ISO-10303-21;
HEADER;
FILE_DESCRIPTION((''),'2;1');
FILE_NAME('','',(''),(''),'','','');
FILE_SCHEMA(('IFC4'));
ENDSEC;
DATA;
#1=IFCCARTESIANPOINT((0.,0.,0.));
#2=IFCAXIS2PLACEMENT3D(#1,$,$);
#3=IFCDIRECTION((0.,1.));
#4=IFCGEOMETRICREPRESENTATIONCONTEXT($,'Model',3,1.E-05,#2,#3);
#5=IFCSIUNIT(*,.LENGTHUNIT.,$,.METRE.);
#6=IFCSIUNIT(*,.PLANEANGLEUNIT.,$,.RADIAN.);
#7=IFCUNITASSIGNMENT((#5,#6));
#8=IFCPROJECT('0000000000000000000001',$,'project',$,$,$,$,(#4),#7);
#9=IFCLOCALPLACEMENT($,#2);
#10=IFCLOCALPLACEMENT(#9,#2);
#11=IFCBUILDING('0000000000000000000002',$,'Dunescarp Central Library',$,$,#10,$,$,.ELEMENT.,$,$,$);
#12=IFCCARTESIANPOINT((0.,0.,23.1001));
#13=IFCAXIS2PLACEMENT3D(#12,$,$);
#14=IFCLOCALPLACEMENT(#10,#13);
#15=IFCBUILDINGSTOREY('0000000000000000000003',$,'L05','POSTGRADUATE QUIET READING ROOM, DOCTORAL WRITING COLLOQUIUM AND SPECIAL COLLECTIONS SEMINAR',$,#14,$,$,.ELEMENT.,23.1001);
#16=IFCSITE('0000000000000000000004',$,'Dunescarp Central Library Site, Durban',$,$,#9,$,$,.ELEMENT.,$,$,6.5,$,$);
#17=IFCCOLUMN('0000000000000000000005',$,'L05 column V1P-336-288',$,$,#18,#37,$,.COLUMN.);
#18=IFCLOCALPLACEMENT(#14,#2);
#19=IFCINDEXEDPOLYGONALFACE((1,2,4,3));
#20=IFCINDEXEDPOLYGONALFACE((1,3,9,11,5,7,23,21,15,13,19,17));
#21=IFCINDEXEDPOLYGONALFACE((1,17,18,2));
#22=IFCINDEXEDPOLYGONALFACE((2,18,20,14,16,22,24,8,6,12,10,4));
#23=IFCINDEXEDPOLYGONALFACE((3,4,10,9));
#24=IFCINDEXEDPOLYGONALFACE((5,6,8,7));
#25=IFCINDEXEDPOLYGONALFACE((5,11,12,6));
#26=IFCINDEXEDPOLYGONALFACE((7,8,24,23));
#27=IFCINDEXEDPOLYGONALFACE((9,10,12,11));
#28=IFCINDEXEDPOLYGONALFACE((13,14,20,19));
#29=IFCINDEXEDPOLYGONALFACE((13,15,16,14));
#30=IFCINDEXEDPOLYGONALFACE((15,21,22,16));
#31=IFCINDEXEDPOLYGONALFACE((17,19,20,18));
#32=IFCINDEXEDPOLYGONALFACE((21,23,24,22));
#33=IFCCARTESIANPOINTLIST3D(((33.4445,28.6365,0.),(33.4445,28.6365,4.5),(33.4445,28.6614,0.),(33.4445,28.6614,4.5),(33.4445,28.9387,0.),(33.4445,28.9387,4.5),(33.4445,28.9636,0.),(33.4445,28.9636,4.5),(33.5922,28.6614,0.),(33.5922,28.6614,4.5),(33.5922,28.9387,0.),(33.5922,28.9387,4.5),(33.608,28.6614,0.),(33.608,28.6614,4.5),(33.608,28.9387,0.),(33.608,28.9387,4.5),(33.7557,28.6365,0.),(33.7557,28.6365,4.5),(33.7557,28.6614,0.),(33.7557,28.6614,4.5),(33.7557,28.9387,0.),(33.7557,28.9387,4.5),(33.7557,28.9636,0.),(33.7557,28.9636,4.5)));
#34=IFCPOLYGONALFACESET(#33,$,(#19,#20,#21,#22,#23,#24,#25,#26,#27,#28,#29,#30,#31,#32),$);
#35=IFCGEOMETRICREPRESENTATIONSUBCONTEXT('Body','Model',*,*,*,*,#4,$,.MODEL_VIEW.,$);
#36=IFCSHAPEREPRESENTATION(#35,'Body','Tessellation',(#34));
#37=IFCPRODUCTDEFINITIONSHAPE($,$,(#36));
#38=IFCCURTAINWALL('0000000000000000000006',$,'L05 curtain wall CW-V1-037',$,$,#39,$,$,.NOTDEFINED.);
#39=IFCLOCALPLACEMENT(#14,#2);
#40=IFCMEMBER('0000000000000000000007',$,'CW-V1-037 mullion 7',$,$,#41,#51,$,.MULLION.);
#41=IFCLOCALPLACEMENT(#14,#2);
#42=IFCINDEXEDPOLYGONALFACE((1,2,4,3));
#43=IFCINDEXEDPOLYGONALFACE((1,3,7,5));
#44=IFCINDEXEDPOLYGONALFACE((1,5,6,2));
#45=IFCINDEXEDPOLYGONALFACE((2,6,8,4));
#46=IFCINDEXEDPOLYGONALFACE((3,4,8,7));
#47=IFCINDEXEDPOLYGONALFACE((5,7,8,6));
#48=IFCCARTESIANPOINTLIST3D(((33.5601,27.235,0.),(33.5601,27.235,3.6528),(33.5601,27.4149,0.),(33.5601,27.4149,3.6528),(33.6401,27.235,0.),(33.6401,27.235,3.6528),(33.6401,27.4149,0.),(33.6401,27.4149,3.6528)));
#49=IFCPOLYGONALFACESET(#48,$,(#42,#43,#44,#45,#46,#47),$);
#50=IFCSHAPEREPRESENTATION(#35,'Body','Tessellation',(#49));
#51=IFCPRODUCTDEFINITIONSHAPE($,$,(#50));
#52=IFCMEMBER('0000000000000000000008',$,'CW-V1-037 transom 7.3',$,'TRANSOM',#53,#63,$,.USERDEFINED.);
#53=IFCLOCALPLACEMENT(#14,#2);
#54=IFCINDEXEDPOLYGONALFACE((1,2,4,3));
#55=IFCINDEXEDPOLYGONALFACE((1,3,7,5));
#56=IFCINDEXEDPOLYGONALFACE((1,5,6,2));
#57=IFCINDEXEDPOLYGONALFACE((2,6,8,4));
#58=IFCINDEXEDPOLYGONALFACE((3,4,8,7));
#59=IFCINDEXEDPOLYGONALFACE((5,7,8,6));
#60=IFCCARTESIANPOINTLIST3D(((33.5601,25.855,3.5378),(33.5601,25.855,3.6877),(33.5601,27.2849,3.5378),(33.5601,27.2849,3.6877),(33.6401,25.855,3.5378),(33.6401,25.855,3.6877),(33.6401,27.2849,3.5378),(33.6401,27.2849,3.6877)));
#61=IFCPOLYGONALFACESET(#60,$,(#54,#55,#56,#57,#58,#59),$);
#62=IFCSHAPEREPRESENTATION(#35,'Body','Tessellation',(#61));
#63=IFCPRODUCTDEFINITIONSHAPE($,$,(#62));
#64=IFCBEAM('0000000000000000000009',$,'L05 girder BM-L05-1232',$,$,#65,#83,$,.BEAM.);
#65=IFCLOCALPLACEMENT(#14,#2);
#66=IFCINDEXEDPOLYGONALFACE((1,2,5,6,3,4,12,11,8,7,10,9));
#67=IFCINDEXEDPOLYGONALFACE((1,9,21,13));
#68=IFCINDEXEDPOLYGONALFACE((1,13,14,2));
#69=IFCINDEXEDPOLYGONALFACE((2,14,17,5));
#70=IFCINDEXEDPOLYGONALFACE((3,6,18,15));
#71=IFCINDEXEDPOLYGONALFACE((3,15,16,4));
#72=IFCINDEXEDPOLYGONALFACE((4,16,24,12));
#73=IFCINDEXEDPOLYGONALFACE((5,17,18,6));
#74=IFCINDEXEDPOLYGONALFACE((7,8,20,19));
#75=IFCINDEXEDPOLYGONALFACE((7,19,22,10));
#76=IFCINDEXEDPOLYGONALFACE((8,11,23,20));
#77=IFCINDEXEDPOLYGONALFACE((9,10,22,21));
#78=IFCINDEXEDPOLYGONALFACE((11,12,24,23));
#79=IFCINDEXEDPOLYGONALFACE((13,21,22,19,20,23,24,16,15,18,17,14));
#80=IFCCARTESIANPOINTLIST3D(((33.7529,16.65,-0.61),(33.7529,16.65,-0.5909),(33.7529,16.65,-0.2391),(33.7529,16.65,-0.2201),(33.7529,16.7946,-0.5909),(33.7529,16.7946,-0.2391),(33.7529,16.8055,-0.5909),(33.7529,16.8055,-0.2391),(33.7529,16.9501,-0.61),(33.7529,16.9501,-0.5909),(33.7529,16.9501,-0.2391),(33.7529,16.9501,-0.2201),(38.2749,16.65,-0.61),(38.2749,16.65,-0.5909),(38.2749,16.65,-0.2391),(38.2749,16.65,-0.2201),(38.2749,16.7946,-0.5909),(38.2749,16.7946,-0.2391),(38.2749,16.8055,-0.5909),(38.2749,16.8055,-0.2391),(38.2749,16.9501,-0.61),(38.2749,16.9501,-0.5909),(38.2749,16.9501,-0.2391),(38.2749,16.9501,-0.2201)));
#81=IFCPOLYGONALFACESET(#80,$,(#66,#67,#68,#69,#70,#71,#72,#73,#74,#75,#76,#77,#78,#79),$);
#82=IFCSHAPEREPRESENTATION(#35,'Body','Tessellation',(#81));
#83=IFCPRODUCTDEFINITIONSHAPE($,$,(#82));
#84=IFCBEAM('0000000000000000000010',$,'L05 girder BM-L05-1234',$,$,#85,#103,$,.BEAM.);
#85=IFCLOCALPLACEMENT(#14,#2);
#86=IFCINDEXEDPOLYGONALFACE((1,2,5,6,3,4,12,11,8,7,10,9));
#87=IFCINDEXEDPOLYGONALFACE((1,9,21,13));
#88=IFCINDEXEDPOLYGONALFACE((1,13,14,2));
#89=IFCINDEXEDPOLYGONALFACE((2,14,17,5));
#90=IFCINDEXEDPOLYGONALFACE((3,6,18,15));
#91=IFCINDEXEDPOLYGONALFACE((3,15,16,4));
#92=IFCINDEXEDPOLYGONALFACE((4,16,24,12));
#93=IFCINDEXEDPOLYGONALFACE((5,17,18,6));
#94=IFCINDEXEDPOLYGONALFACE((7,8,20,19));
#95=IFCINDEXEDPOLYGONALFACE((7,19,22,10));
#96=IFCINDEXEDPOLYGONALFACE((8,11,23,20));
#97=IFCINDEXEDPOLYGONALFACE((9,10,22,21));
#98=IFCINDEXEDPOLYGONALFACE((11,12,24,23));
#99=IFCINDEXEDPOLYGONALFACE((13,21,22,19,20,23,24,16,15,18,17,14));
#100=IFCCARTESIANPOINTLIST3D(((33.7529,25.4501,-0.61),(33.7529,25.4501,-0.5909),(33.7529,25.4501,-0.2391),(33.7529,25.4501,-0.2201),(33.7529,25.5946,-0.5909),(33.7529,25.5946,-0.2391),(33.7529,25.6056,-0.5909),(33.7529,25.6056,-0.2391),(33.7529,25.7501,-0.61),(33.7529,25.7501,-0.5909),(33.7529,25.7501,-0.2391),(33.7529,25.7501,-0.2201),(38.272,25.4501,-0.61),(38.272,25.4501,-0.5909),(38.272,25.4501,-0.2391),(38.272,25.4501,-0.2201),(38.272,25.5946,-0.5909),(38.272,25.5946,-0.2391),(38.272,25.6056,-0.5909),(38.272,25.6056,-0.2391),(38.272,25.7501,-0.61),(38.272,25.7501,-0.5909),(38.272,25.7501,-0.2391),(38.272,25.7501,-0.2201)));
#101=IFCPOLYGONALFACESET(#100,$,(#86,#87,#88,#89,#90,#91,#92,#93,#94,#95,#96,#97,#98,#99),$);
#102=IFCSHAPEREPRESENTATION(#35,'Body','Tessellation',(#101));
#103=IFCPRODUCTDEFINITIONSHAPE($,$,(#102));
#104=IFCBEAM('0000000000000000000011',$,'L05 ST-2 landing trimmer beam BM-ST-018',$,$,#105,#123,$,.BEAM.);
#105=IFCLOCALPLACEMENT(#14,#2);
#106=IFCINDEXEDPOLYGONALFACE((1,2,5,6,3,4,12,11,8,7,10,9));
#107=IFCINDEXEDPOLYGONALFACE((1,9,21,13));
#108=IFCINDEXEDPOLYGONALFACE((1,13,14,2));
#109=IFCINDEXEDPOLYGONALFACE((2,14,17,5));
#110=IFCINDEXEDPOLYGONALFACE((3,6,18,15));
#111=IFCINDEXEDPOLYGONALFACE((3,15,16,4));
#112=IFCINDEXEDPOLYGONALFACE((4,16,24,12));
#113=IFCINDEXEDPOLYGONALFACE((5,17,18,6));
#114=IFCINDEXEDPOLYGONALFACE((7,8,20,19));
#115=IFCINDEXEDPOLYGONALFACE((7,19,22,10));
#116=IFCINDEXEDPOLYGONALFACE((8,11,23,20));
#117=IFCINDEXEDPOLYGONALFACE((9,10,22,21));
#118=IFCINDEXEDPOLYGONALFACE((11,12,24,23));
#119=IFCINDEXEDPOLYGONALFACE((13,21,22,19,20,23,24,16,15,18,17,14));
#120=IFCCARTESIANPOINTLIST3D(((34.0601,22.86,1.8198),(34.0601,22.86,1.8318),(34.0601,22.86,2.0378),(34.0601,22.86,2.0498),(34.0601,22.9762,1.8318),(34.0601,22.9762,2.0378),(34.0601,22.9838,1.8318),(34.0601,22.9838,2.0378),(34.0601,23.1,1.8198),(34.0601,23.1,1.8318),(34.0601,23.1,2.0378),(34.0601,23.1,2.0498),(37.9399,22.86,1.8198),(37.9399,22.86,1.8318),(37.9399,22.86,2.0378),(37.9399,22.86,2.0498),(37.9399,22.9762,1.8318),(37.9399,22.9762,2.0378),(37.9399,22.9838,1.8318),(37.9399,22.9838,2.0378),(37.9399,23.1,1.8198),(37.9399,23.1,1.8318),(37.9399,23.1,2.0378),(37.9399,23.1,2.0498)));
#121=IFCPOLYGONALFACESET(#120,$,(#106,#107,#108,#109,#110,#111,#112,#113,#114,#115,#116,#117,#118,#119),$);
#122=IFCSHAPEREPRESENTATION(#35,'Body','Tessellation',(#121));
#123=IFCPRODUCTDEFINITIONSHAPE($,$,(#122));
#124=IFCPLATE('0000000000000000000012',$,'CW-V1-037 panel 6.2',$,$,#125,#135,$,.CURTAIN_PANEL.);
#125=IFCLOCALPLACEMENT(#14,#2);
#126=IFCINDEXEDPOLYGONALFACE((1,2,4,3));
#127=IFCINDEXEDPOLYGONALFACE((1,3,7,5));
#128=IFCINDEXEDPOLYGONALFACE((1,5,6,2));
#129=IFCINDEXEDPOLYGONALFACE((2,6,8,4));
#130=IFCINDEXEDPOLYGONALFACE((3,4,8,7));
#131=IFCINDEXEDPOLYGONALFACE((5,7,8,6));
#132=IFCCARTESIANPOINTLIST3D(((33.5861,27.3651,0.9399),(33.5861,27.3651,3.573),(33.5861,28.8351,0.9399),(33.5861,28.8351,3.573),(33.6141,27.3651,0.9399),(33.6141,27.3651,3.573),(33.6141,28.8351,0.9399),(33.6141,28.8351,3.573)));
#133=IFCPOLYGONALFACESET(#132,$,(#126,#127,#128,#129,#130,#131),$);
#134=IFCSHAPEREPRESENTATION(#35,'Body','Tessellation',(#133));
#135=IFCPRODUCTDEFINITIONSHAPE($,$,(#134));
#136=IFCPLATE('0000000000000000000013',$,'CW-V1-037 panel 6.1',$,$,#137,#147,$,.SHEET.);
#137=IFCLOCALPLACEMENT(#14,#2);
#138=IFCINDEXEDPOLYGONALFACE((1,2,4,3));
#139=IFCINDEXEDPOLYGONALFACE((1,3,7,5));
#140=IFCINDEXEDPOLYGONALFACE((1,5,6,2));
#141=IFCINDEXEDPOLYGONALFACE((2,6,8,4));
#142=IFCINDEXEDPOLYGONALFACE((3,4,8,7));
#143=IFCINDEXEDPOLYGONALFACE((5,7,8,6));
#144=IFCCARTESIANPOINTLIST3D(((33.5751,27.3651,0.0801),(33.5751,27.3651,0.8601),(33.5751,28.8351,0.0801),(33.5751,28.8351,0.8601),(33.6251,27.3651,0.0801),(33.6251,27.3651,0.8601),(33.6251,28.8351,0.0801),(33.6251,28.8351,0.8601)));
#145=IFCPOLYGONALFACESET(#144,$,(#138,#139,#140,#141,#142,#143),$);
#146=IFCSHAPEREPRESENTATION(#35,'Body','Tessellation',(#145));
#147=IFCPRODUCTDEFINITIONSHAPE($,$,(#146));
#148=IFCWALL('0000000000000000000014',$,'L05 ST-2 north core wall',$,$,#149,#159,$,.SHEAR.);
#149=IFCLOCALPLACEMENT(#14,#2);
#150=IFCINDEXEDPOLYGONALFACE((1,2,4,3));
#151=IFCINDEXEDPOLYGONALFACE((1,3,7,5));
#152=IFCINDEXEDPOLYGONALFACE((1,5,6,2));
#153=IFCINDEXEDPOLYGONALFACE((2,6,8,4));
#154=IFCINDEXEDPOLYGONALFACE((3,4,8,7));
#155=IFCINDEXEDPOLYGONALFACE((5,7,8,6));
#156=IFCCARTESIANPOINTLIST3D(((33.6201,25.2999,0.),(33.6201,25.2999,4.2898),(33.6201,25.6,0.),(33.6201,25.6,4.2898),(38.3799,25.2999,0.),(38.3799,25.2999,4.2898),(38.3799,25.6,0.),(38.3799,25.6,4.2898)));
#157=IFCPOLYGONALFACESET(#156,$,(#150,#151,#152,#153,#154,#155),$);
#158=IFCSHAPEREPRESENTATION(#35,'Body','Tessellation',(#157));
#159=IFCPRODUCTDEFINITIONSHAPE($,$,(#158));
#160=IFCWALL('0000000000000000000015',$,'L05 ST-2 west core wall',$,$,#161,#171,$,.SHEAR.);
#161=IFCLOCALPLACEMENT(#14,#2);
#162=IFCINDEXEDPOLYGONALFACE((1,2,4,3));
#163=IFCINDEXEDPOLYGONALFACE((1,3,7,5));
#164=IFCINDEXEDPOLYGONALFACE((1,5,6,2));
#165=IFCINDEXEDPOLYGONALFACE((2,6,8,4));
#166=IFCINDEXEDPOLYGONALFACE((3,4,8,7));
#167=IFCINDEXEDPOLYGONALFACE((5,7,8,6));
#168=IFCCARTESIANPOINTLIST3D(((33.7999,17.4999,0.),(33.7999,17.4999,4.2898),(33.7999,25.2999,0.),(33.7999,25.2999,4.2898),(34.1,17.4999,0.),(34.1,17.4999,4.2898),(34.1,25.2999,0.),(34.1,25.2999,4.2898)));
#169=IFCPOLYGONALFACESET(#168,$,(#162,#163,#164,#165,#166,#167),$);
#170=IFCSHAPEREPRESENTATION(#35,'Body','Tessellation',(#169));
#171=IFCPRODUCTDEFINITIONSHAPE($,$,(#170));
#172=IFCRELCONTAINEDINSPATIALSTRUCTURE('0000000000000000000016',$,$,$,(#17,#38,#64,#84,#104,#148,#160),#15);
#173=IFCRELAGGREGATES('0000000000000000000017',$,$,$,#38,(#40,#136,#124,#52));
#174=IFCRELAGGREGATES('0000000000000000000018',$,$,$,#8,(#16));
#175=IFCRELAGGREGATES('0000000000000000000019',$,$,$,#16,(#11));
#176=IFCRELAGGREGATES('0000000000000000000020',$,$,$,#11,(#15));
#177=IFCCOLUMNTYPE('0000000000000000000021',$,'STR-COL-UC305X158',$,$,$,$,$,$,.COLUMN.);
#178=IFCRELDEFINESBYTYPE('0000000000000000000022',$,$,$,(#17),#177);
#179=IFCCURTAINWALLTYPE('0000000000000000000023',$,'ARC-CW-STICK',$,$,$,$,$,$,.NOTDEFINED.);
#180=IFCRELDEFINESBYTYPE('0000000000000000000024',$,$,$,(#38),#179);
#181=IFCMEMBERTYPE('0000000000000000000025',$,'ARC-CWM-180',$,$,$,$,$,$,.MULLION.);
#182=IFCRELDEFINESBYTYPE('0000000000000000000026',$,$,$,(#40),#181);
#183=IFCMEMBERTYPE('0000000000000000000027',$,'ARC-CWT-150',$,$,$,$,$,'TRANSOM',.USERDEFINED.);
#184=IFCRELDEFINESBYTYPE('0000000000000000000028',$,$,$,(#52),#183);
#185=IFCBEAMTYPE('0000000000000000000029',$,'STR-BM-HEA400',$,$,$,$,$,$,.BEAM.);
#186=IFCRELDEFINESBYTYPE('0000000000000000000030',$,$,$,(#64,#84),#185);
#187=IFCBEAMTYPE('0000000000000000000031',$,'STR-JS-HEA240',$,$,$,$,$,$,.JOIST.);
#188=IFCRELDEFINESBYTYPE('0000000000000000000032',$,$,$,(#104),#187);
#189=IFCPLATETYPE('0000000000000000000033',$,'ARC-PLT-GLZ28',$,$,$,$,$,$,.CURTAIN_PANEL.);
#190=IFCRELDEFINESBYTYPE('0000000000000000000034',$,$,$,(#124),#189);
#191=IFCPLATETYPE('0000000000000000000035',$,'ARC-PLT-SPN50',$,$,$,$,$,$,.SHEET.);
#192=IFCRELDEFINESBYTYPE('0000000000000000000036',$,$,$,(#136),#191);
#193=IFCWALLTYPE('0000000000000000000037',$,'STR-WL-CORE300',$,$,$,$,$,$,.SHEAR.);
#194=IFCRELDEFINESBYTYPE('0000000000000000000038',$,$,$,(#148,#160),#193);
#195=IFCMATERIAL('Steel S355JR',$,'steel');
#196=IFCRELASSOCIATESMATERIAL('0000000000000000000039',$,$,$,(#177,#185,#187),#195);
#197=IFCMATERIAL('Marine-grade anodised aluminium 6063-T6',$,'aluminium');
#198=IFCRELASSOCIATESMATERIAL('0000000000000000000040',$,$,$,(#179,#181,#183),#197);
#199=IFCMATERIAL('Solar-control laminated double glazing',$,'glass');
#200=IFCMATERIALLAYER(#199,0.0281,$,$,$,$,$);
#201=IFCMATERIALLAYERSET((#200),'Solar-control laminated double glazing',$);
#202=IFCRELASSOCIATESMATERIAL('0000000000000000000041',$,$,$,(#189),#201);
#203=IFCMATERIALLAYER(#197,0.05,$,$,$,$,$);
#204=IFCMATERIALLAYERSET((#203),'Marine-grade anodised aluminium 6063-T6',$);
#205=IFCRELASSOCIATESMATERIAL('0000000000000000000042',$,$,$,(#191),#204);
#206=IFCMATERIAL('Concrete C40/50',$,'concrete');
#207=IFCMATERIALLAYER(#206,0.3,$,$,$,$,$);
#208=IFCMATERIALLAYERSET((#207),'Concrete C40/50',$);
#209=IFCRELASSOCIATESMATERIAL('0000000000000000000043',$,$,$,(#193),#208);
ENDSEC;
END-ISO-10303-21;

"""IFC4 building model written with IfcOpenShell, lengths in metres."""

from ifc_helpers import new_model, si_unit, direction, frame, frame_2d, origin, origin_2d, place, context, subcontext, project, spatial, rectangle, i_section, extrude, material, layer, layer_set, material_profile, profile_set, type_object, element, aggregate, save


model = new_model("IFC4")

# Units and contexts
model_context = context("Model", 3, precision=1e-05, world=origin(), true_north=direction((0.0, 1.0)))
body_context = subcontext(model_context, "Body", "Model", "MODEL_VIEW")
ifc_project = project(units=[si_unit("LENGTHUNIT", "METRE"), si_unit("PLANEANGLEUNIT", "RADIAN")], contexts=[model_context])

# Site, building, storey
site_placement = place(None, origin())
site = spatial("IfcSite", under=ifc_project, at=site_placement, Name="Dunescarp Central Library Site, Durban", CompositionType="ELEMENT", RefElevation=6.5)
building_placement = place(site_placement, origin())
building = spatial("IfcBuilding", under=site, at=building_placement, Name="Dunescarp Central Library", CompositionType="ELEMENT")
storey_placement = place(building_placement, frame((0.0, 0.0, 23.1001)))
storey = spatial("IfcBuildingStorey", under=building, at=storey_placement, Name="L05", Description="POSTGRADUATE QUIET READING ROOM, DOCTORAL WRITING COLLOQUIUM AND SPECIAL COLLECTIONS SEMINAR", CompositionType="ELEMENT", Elevation=23.1001)

# Column
ifc_material_1 = material(Name="Steel S355JR", Category="steel")
ifc_material_profile_1 = material_profile(ifc_material_1, i_section(OverallWidth=0.3113, OverallDepth=0.3271, WebThickness=0.0159, FlangeThickness=0.0249, at=origin_2d()), Name="UC 305x305x158")
ifc_profile_set_1 = profile_set([ifc_material_profile_1], Name="Steel S355JR")
column_type = type_object("IfcColumnType", Name="STR-COL-UC305X158", PredefinedType="COLUMN", material=ifc_profile_set_1)
column_placement = place(storey_placement, frame((33.6001, 28.8, 0.0), z_axis=(0.0, 0.0, 1.0), x_axis=(1.0, 0.0, 0.0)))
element("IfcColumn", 1, at=column_placement, inside=storey, type_object=column_type, Name="L05 column V1P-336-288", PredefinedType="COLUMN", context=body_context, shape_type="SweptSolid", body=[
    extrude(i_section(OverallWidth=0.3113, OverallDepth=0.3271, WebThickness=0.0159, FlangeThickness=0.0249, at=origin_2d()), origin(), (0.0, 0.0, 1.0), 4.5),
])

# Curtain wall, members
ifc_material_2 = material(Name="Marine-grade anodised aluminium 6063-T6", Category="aluminium")
curtain_wall_type = type_object("IfcCurtainWallType", Name="ARC-CW-STICK", PredefinedType="NOTDEFINED", material=ifc_material_2)
curtain_wall_placement = place(storey_placement, origin())
curtain_wall = element("IfcCurtainWall", 2, at=curtain_wall_placement, inside=storey, type_object=curtain_wall_type, Name="L05 curtain wall CW-V1-037", PredefinedType="NOTDEFINED")
ifc_material_profile_2 = material_profile(ifc_material_2, rectangle(XDim=0.0801, YDim=0.1799, at=origin_2d()), Name="AL 80x180")
ifc_profile_set_2 = profile_set([ifc_material_profile_2], Name="Marine-grade anodised aluminium 6063-T6")
member_type_1 = type_object("IfcMemberType", Name="ARC-CWM-180", PredefinedType="MULLION", material=ifc_profile_set_2)
member_1_placement = place(storey_placement, frame((33.6001, 27.325, 0.0), z_axis=(0.0, 0.0, 1.0), x_axis=(1.0, 0.0, 0.0)))
member_1 = element("IfcMember", 3, at=member_1_placement, type_object=member_type_1, Name="CW-V1-037 mullion 7", PredefinedType="MULLION", context=body_context, shape_type="SweptSolid", body=[
    extrude(rectangle(XDim=0.0801, YDim=0.1799, at=origin_2d()), origin(), (0.0, 0.0, 1.0), 3.6528),
])
ifc_material_profile_3 = material_profile(ifc_material_2, rectangle(XDim=0.0801, YDim=0.1499, at=origin_2d()), Name="AL 80x150")
ifc_profile_set_3 = profile_set([ifc_material_profile_3], Name="Marine-grade anodised aluminium 6063-T6")
member_type_2 = type_object("IfcMemberType", Name="ARC-CWT-150", ElementType="TRANSOM", PredefinedType="USERDEFINED", material=ifc_profile_set_3)
member_2_placement = place(storey_placement, frame((33.6001, 27.2849, 3.6128), z_axis=(0.0, -1.0, 0.0), x_axis=(1.0, 0.0, 0.0)))
member_2 = element("IfcMember", 4, at=member_2_placement, type_object=member_type_2, Name="CW-V1-037 transom 7.3", ObjectType="TRANSOM", PredefinedType="USERDEFINED", context=body_context, shape_type="SweptSolid", body=[
    extrude(rectangle(XDim=0.0801, YDim=0.1499, at=origin_2d()), origin(), (0.0, 0.0, 1.0), 1.4299),
])

# Beams
ifc_material_profile_4 = material_profile(ifc_material_1, i_section(OverallWidth=0.3, OverallDepth=0.3899, WebThickness=0.011, FlangeThickness=0.019, at=origin_2d()), Name="HEA 400")
ifc_profile_set_4 = profile_set([ifc_material_profile_4], Name="Steel S355JR")
beam_type_1 = type_object("IfcBeamType", Name="STR-BM-HEA400", PredefinedType="BEAM", material=ifc_profile_set_4)
beam_1_placement = place(storey_placement, frame((33.7529, 16.8, -0.415), z_axis=(1.0, 0.0, 0.0), x_axis=(0.0, 1.0, 0.0)))
element("IfcBeam", 5, at=beam_1_placement, inside=storey, type_object=beam_type_1, Name="L05 girder BM-L05-1232", PredefinedType="BEAM", context=body_context, shape_type="SweptSolid", body=[
    extrude(i_section(OverallWidth=0.3, OverallDepth=0.3899, WebThickness=0.011, FlangeThickness=0.019, at=origin_2d()), origin(), (0.0, 0.0, 1.0), 4.522),
])
beam_2_placement = place(storey_placement, frame((33.7529, 25.6001, -0.415), z_axis=(1.0, 0.0, 0.0), x_axis=(0.0, 1.0, 0.0)))
element("IfcBeam", 6, at=beam_2_placement, inside=storey, type_object=beam_type_1, Name="L05 girder BM-L05-1234", PredefinedType="BEAM", context=body_context, shape_type="SweptSolid", body=[
    extrude(i_section(OverallWidth=0.3, OverallDepth=0.3899, WebThickness=0.011, FlangeThickness=0.019, at=origin_2d()), origin(), (0.0, 0.0, 1.0), 4.519),
])
ifc_material_profile_5 = material_profile(ifc_material_1, i_section(OverallWidth=0.24, OverallDepth=0.23, WebThickness=0.0076, FlangeThickness=0.012, at=origin_2d()), Name="HEA 240")
ifc_profile_set_5 = profile_set([ifc_material_profile_5], Name="Steel S355JR")
beam_type_2 = type_object("IfcBeamType", Name="STR-JS-HEA240", PredefinedType="JOIST", material=ifc_profile_set_5)
beam_3_placement = place(storey_placement, frame((34.0601, 22.98, 1.9348), z_axis=(1.0, 0.0, 0.0), x_axis=(0.0, 1.0, 0.0)))
element("IfcBeam", 7, at=beam_3_placement, inside=storey, type_object=beam_type_2, Name="L05 ST-2 landing trimmer beam BM-ST-018", PredefinedType="BEAM", context=body_context, shape_type="SweptSolid", body=[
    extrude(i_section(OverallWidth=0.24, OverallDepth=0.23, WebThickness=0.0076, FlangeThickness=0.012, at=origin_2d()), origin(), (0.0, 0.0, 1.0), 3.8799),
])

# Plates
ifc_material_3 = material(Name="Solar-control laminated double glazing", Category="glass")
ifc_layer_1 = layer(ifc_material_3, 0.0281)
ifc_layer_set_1 = layer_set([ifc_layer_1], Name="Solar-control laminated double glazing")
plate_type_1 = type_object("IfcPlateType", Name="ARC-PLT-GLZ28", PredefinedType="CURTAIN_PANEL", material=ifc_layer_set_1)
plate_1_placement = place(storey_placement, frame((33.6001, 28.1001, 0.9399), z_axis=(0.0, 0.0, 1.0), x_axis=(0.0, -1.0, 0.0)))
plate_1 = element("IfcPlate", 8, at=plate_1_placement, type_object=plate_type_1, Name="CW-V1-037 panel 6.2", PredefinedType="CURTAIN_PANEL", context=body_context, shape_type="SweptSolid", body=[
    extrude(rectangle(XDim=1.47, YDim=0.0281, at=origin_2d()), origin(), (0.0, 0.0, 1.0), 2.6331),
])
ifc_layer_2 = layer(ifc_material_2, 0.05)
ifc_layer_set_2 = layer_set([ifc_layer_2], Name="Marine-grade anodised aluminium 6063-T6")
plate_type_2 = type_object("IfcPlateType", Name="ARC-PLT-SPN50", PredefinedType="SHEET", material=ifc_layer_set_2)
plate_2_placement = place(storey_placement, frame((33.6001, 28.1001, 0.0801), z_axis=(0.0, 0.0, 1.0), x_axis=(0.0, -1.0, 0.0)))
plate_2 = element("IfcPlate", 9, at=plate_2_placement, type_object=plate_type_2, Name="CW-V1-037 panel 6.1", PredefinedType="SHEET", context=body_context, shape_type="SweptSolid", body=[
    extrude(rectangle(XDim=1.47, YDim=0.05, at=origin_2d()), origin(), (0.0, 0.0, 1.0), 0.78),
])
aggregate(curtain_wall, [member_1, plate_2, plate_1, member_2])

# Walls
ifc_material_4 = material(Name="Concrete C40/50", Category="concrete")
ifc_layer_3 = layer(ifc_material_4, 0.3)
ifc_layer_set_3 = layer_set([ifc_layer_3], Name="Concrete C40/50")
wall_type = type_object("IfcWallType", Name="STR-WL-CORE300", PredefinedType="SHEAR", material=ifc_layer_set_3)
wall_1_placement = place(storey_placement, frame((33.6201, 25.45, 0.0), z_axis=(0.0, 0.0, 1.0), x_axis=(1.0, 0.0, 0.0)))
element("IfcWall", 10, at=wall_1_placement, inside=storey, type_object=wall_type, Name="L05 ST-2 north core wall", PredefinedType="SHEAR", context=body_context, shape_type="SweptSolid", body=[
    extrude(rectangle(XDim=4.7598, YDim=0.3, at=frame_2d((2.3799, 0.0))), origin(), (0.0, 0.0, 1.0), 4.2898),
])
wall_2_placement = place(storey_placement, frame((33.95, 17.5, 0.0), z_axis=(0.0, 0.0, 1.0), x_axis=(0.0, 1.0, 0.0)))
element("IfcWall", 11, at=wall_2_placement, inside=storey, type_object=wall_type, Name="L05 ST-2 west core wall", PredefinedType="SHEAR", context=body_context, shape_type="SweptSolid", body=[
    extrude(rectangle(XDim=7.8, YDim=0.3, at=frame_2d((3.8999, 0.0))), origin(), (0.0, 0.0, 1.0), 4.2898),
])

save(model, "model.ifc")
